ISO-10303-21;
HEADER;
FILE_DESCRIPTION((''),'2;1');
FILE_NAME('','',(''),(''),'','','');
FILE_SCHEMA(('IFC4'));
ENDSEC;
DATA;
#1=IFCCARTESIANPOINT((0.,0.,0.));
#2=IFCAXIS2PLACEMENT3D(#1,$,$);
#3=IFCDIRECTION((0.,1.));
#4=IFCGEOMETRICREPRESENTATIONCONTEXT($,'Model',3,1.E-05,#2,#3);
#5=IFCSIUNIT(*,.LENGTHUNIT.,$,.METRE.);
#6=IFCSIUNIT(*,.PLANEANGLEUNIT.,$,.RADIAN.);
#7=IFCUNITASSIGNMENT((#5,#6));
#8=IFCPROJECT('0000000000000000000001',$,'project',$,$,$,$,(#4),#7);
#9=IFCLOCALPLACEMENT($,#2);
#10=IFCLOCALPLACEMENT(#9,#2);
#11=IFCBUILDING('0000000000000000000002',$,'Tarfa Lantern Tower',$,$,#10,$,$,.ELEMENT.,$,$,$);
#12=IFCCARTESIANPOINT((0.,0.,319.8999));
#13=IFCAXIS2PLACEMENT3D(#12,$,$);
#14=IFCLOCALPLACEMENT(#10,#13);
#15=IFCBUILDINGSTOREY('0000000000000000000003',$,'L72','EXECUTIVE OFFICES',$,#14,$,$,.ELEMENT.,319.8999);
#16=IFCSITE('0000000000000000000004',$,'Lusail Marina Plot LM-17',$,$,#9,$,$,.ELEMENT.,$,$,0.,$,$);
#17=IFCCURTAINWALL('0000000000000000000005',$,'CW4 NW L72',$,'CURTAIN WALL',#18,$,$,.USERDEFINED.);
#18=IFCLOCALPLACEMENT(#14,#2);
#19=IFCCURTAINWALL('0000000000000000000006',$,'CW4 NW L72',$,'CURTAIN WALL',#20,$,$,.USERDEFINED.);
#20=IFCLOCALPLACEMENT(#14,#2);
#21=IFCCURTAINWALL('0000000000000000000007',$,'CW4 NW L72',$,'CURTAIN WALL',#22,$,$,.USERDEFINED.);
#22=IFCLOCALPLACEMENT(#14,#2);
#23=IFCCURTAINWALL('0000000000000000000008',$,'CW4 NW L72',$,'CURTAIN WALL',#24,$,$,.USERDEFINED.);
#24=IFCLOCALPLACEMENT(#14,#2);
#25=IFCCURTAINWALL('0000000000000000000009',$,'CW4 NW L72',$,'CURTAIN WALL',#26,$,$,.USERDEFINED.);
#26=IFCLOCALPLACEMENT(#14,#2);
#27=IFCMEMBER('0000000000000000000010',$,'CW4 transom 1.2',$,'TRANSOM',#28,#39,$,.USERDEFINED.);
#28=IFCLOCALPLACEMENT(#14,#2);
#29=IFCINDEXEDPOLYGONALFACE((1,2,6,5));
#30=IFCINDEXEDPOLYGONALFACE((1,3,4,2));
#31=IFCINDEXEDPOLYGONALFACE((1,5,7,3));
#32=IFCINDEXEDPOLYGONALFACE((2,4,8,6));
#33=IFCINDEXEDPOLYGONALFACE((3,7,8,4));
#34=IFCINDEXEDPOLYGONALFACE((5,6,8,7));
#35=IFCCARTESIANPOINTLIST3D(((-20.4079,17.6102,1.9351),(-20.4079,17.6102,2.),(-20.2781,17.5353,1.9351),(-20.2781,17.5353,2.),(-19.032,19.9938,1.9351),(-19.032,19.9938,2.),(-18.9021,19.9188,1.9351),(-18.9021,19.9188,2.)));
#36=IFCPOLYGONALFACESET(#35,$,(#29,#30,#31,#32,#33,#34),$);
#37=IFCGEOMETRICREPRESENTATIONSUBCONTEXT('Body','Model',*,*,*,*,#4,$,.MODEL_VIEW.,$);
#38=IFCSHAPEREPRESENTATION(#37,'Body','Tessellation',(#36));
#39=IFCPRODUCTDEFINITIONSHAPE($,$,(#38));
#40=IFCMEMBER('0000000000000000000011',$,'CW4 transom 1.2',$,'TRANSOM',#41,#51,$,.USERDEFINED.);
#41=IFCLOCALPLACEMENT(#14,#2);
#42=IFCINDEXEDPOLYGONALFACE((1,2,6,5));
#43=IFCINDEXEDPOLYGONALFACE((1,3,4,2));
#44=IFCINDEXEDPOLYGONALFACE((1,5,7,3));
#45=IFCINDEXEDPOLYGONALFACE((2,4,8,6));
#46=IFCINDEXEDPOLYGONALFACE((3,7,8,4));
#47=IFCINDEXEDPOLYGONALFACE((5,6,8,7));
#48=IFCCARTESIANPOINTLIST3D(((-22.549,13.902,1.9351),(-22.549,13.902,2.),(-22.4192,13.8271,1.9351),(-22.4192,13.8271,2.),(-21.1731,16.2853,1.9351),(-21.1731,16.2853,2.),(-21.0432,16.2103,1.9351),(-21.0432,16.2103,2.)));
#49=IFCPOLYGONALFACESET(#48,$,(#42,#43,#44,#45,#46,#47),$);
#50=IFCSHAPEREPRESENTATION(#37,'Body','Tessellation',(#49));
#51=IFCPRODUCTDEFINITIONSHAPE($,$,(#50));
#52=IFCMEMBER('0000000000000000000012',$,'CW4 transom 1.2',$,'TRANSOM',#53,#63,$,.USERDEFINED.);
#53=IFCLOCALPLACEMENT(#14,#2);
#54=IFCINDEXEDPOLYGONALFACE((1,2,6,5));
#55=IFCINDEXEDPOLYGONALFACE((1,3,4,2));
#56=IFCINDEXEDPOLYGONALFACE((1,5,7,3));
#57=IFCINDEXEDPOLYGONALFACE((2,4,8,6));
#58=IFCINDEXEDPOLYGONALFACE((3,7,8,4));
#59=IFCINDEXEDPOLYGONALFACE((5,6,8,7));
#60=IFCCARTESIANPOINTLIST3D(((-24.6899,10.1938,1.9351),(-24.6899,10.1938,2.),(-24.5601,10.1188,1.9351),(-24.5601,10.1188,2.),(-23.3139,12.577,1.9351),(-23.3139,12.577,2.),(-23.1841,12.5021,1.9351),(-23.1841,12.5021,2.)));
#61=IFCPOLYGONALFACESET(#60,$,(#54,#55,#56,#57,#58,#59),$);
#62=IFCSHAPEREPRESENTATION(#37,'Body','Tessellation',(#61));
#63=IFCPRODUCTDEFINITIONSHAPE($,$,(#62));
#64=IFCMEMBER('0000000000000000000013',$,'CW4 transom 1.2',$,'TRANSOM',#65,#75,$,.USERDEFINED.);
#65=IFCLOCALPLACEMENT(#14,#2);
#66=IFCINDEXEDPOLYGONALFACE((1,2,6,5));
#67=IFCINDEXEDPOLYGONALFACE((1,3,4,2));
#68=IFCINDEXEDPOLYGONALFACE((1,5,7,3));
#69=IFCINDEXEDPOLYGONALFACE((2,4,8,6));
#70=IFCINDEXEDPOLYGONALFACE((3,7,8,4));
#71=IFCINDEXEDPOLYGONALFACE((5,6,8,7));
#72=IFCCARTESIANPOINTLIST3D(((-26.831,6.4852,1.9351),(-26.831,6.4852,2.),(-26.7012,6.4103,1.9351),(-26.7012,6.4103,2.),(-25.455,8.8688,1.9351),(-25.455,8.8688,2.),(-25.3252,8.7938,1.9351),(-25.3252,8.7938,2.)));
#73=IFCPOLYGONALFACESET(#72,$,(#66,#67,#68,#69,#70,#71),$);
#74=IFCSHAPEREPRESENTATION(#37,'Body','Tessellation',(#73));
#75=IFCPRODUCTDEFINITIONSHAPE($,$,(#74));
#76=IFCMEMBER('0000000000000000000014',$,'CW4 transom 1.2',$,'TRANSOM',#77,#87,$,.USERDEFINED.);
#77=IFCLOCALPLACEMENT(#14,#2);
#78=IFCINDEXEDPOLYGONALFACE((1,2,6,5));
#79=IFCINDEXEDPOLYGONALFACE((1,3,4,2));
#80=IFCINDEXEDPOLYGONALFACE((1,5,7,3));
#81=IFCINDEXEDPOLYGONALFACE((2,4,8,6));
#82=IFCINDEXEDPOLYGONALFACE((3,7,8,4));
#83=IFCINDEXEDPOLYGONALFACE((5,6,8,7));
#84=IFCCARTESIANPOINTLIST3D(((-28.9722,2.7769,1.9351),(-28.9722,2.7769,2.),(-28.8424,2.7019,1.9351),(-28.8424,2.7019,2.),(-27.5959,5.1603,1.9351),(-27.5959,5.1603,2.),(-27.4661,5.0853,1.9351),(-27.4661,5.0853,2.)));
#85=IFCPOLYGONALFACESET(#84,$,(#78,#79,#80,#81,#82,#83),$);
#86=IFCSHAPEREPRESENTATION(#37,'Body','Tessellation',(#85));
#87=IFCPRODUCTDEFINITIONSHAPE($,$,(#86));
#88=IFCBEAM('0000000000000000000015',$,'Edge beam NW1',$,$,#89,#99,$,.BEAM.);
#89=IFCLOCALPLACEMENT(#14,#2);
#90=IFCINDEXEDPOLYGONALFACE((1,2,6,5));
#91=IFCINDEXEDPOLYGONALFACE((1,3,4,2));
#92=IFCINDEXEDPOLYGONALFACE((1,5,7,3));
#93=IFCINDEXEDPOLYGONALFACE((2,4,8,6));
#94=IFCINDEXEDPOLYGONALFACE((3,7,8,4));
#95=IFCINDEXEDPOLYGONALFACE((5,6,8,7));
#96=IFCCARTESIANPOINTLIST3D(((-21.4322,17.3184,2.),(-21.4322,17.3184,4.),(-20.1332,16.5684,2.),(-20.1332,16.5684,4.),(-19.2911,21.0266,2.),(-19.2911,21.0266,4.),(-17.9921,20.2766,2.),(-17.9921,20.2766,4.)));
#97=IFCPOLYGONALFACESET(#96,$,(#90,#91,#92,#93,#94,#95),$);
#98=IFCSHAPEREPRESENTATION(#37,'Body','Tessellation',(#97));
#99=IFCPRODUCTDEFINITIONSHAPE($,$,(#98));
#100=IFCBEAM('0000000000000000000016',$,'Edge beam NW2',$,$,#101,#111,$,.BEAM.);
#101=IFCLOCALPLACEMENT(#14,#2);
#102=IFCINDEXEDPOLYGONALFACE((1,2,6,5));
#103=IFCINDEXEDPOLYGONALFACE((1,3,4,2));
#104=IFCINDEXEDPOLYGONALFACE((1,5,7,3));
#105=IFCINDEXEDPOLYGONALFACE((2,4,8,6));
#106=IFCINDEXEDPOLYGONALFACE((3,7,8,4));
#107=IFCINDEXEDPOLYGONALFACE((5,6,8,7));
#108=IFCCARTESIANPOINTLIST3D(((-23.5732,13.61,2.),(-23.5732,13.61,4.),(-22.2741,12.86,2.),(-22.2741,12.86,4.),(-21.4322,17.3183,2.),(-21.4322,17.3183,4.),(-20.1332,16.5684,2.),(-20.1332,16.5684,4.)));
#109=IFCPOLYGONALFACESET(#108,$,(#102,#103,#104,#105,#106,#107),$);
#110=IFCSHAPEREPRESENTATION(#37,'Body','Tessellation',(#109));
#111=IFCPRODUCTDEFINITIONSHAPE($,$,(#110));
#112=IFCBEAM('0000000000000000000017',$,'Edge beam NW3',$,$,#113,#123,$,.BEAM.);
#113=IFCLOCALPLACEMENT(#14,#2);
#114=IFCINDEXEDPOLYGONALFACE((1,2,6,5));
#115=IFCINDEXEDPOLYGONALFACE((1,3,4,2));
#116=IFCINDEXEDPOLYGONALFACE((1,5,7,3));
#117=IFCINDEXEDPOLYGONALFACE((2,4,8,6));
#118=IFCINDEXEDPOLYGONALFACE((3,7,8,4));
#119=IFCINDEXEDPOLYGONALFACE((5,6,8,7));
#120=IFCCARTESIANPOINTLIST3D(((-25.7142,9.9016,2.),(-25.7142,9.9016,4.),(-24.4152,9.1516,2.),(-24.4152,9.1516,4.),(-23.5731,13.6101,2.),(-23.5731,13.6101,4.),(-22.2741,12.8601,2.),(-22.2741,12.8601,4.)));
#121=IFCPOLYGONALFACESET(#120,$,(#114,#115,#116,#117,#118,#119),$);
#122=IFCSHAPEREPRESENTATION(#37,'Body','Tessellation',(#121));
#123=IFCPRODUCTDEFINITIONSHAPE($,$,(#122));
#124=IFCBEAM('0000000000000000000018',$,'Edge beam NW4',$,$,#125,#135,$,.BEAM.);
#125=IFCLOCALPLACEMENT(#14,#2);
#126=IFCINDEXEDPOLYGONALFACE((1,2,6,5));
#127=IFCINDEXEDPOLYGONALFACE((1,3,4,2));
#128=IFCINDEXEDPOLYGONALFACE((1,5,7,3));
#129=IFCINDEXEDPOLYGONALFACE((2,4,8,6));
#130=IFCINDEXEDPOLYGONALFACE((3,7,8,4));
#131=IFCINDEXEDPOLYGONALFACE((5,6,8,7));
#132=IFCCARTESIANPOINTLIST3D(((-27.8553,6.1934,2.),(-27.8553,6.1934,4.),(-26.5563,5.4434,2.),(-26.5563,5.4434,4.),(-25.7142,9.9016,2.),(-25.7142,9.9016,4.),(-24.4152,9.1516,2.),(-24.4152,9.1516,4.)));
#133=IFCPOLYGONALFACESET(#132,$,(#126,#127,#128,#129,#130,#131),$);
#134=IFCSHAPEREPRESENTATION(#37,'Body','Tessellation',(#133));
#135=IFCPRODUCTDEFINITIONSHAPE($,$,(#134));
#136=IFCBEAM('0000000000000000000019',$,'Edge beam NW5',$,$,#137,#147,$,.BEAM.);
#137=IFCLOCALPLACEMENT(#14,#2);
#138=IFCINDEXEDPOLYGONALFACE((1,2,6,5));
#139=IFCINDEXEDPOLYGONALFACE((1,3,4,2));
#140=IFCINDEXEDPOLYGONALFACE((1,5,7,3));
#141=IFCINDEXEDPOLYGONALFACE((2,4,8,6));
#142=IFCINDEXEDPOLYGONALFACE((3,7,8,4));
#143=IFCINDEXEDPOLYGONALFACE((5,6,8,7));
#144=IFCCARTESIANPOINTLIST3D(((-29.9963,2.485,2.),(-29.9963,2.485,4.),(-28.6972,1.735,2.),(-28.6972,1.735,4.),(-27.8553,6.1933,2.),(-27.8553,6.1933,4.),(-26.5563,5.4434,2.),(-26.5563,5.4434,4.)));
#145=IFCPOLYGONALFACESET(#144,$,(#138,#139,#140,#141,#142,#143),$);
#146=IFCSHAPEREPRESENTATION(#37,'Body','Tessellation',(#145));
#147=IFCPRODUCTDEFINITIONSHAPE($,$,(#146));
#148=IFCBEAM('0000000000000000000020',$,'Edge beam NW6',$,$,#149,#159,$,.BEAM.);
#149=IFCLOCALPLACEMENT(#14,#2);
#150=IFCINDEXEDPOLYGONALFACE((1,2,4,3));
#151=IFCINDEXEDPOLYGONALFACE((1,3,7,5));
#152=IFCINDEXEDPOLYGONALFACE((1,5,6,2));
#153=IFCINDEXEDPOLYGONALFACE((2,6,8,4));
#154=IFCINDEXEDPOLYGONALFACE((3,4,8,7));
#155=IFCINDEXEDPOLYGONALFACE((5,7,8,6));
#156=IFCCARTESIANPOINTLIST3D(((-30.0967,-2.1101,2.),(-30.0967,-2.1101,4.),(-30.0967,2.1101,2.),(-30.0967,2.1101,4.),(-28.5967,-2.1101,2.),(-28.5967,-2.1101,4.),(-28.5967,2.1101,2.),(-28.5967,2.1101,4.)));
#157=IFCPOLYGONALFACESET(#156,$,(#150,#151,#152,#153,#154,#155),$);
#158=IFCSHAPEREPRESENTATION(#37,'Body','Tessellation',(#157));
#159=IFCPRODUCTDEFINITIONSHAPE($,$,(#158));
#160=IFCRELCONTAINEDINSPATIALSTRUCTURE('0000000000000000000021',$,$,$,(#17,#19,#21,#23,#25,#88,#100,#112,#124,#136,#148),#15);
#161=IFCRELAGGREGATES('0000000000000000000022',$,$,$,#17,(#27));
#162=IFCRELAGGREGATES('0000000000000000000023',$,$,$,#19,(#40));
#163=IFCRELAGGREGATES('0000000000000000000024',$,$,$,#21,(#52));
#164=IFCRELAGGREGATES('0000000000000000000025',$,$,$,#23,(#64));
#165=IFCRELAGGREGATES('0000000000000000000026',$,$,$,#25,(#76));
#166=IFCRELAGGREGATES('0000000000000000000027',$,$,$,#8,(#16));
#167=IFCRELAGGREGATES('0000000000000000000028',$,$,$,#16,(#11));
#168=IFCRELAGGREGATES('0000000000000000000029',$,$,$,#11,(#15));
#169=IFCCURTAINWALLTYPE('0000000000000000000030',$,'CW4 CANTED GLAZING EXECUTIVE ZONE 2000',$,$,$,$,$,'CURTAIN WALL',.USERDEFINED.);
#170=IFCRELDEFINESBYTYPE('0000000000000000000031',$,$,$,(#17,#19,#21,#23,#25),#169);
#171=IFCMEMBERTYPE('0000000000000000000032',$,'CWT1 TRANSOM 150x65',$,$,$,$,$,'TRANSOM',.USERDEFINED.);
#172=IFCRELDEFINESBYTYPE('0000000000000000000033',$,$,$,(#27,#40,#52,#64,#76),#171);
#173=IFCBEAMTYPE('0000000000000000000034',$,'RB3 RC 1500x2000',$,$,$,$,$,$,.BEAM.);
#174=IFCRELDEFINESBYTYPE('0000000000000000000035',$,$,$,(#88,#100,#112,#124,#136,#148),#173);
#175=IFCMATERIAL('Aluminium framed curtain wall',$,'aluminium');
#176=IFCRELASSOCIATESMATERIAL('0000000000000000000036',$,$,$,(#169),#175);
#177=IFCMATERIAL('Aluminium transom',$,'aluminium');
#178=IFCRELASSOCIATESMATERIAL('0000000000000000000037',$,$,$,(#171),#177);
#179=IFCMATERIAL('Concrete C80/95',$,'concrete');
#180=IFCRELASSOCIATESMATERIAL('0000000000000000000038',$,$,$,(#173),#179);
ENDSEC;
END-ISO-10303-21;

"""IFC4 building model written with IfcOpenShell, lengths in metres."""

from ifc_helpers import new_model, si_unit, direction, frame, origin, origin_2d, place, context, subcontext, project, spatial, rectangle, extrude, material, material_profile, profile_set, type_object, element, aggregate, save


model = new_model("IFC4")

# Units and contexts
model_context = context("Model", 3, precision=1e-05, world=origin(), true_north=direction((0.0, 1.0)))
body_context = subcontext(model_context, "Body", "Model", "MODEL_VIEW")
ifc_project = project(units=[si_unit("LENGTHUNIT", "METRE"), si_unit("PLANEANGLEUNIT", "RADIAN")], contexts=[model_context])

# Site, building, storey
site_placement = place(None, origin())
site = spatial("IfcSite", under=ifc_project, at=site_placement, Name="Lusail Marina Plot LM-17", CompositionType="ELEMENT", RefElevation=0.0)
building_placement = place(site_placement, origin())
building = spatial("IfcBuilding", under=site, at=building_placement, Name="Tarfa Lantern Tower", CompositionType="ELEMENT")
storey_placement = place(building_placement, frame((0.0, 0.0, 319.8999)))
storey = spatial("IfcBuildingStorey", under=building, at=storey_placement, Name="L72", Description="EXECUTIVE OFFICES", CompositionType="ELEMENT", Elevation=319.8999)

# Shared definitions
ifc_material_1 = material(Name="Concrete C80/95", Category="concrete")

# Curtain walls
ifc_material_2 = material(Name="Aluminium framed curtain wall", Category="aluminium")
curtain_wall_type = type_object("IfcCurtainWallType", Name="CW4 CANTED GLAZING EXECUTIVE ZONE 2000", ElementType="CURTAIN WALL", PredefinedType="USERDEFINED", material=ifc_material_2)
curtain_wall_1_placement = place(storey_placement, origin())
curtain_wall_1 = element("IfcCurtainWall", 1, at=curtain_wall_1_placement, inside=storey, type_object=curtain_wall_type, Name="CW4 NW L72", ObjectType="CURTAIN WALL", PredefinedType="USERDEFINED")
curtain_wall_2_placement = place(storey_placement, origin())
curtain_wall_2 = element("IfcCurtainWall", 2, at=curtain_wall_2_placement, inside=storey, type_object=curtain_wall_type, Name="CW4 NW L72", ObjectType="CURTAIN WALL", PredefinedType="USERDEFINED")
curtain_wall_3_placement = place(storey_placement, origin())
curtain_wall_3 = element("IfcCurtainWall", 3, at=curtain_wall_3_placement, inside=storey, type_object=curtain_wall_type, Name="CW4 NW L72", ObjectType="CURTAIN WALL", PredefinedType="USERDEFINED")
curtain_wall_4_placement = place(storey_placement, origin())
curtain_wall_4 = element("IfcCurtainWall", 4, at=curtain_wall_4_placement, inside=storey, type_object=curtain_wall_type, Name="CW4 NW L72", ObjectType="CURTAIN WALL", PredefinedType="USERDEFINED")
curtain_wall_5_placement = place(storey_placement, origin())
curtain_wall_5 = element("IfcCurtainWall", 5, at=curtain_wall_5_placement, inside=storey, type_object=curtain_wall_type, Name="CW4 NW L72", ObjectType="CURTAIN WALL", PredefinedType="USERDEFINED")

# Members
ifc_material_3 = material(Name="Aluminium transom", Category="aluminium")
ifc_material_profile_1 = material_profile(ifc_material_3, rectangle(XDim=0.1499, YDim=0.0649, at=origin_2d()), Name="AL TRANSOM 150x65")
ifc_profile_set_1 = profile_set([ifc_material_profile_1], Name="Aluminium transom")
member_type_1 = type_object("IfcMemberType", Name="CWT1 TRANSOM 150x65", ElementType="TRANSOM", PredefinedType="USERDEFINED", material=ifc_profile_set_1)
member_1_placement = place(storey_placement, frame((-18.967, 19.9563, 1.9675), z_axis=(-0.499955, -0.866051, 0.0), x_axis=(0.866051, -0.499955, 0.0)))
member_1 = element("IfcMember", 6, at=member_1_placement, type_object=member_type_1, Name="CW4 transom 1.2", ObjectType="TRANSOM", PredefinedType="USERDEFINED", context=body_context, shape_type="SweptSolid", body=[
    extrude(rectangle(XDim=0.1499, YDim=0.0649, at=origin_2d()), origin(), (0.0, 0.0, 1.0), 2.7522),
])
member_2_placement = place(storey_placement, frame((-21.1082, 16.2478, 1.9675), z_axis=(-0.499994, -0.866029, 0.0), x_axis=(0.866029, -0.499994, 0.0)))
member_2 = element("IfcMember", 7, at=member_2_placement, type_object=member_type_1, Name="CW4 transom 1.2", ObjectType="TRANSOM", PredefinedType="USERDEFINED", context=body_context, shape_type="SweptSolid", body=[
    extrude(rectangle(XDim=0.1499, YDim=0.0649, at=origin_2d()), origin(), (0.0, 0.0, 1.0), 2.752),
])
member_3_placement = place(storey_placement, frame((-23.249, 12.5396, 1.9675), z_axis=(-0.499994, -0.866029, 0.0), x_axis=(0.866029, -0.499994, 0.0)))
member_3 = element("IfcMember", 8, at=member_3_placement, type_object=member_type_1, Name="CW4 transom 1.2", ObjectType="TRANSOM", PredefinedType="USERDEFINED", context=body_context, shape_type="SweptSolid", body=[
    extrude(rectangle(XDim=0.1499, YDim=0.0649, at=origin_2d()), origin(), (0.0, 0.0, 1.0), 2.752),
])
member_4_placement = place(storey_placement, frame((-25.3901, 8.8313, 1.9675), z_axis=(-0.499955, -0.866051, 0.0), x_axis=(0.866051, -0.499955, 0.0)))
member_4 = element("IfcMember", 9, at=member_4_placement, type_object=member_type_1, Name="CW4 transom 1.2", ObjectType="TRANSOM", PredefinedType="USERDEFINED", context=body_context, shape_type="SweptSolid", body=[
    extrude(rectangle(XDim=0.1499, YDim=0.0649, at=origin_2d()), origin(), (0.0, 0.0, 1.0), 2.7522),
])
member_5_placement = place(storey_placement, frame((-27.531, 5.1228, 1.9675), z_axis=(-0.50006, -0.865991, 0.0), x_axis=(0.865991, -0.50006, 0.0)))
member_5 = element("IfcMember", 10, at=member_5_placement, type_object=member_type_1, Name="CW4 transom 1.2", ObjectType="TRANSOM", PredefinedType="USERDEFINED", context=body_context, shape_type="SweptSolid", body=[
    extrude(rectangle(XDim=0.1499, YDim=0.0649, at=origin_2d()), origin(), (0.0, 0.0, 1.0), 2.7522),
])

# Beams
ifc_material_profile_2 = material_profile(ifc_material_1, rectangle(XDim=1.5, YDim=2.0, at=origin_2d()), Name="RC 1500x2000")
ifc_profile_set_2 = profile_set([ifc_material_profile_2], Name="Concrete C80/95")
beam_type_1 = type_object("IfcBeamType", Name="RB3 RC 1500x2000", PredefinedType="BEAM", material=ifc_profile_set_2)
for number, where, z_axis, x_axis, name in (
    (11, (-18.6416, 20.6516, 3.0), (-0.500027, -0.86601, 0.0), (0.86601, -0.500027, 0.0), "Edge beam NW1"),
    (12, (-20.7827, 16.9434, 3.0), (-0.499984, -0.866035, 0.0), (0.866035, -0.499984, 0.0), "Edge beam NW2"),
):
    element("IfcBeam", number, at=place(storey_placement, frame(where, z_axis=z_axis, x_axis=x_axis)), inside=storey, type_object=beam_type_1, Name=name, PredefinedType="BEAM", context=body_context, shape_type="SweptSolid", body=[
        extrude(rectangle(XDim=1.5, YDim=2.0, at=origin_2d()), origin(), (0.0, 0.0, 1.0), 4.282),
    ])
beam_1_placement = place(storey_placement, frame((-22.9236, 13.2351, 3.0), z_axis=(-0.500002, -0.866024, 0.0), x_axis=(0.866024, -0.500002, 0.0)))
element("IfcBeam", 13, at=beam_1_placement, inside=storey, type_object=beam_type_1, Name="Edge beam NW3", PredefinedType="BEAM", context=body_context, shape_type="SweptSolid", body=[
    extrude(rectangle(XDim=1.5, YDim=2.0, at=origin_2d()), origin(), (0.0, 0.0, 1.0), 4.2822),
])
for number, where, z_axis, x_axis, name in (
    (14, (-25.0647, 9.5266, 3.0), (-0.500027, -0.86601, 0.0), (0.86601, -0.500027, 0.0), "Edge beam NW4"),
    (15, (-27.2058, 5.8184, 3.0), (-0.499984, -0.866035, 0.0), (0.866035, -0.499984, 0.0), "Edge beam NW5"),
):
    element("IfcBeam", number, at=place(storey_placement, frame(where, z_axis=z_axis, x_axis=x_axis)), inside=storey, type_object=beam_type_1, Name=name, PredefinedType="BEAM", context=body_context, shape_type="SweptSolid", body=[
        extrude(rectangle(XDim=1.5, YDim=2.0, at=origin_2d()), origin(), (0.0, 0.0, 1.0), 4.282),
    ])
beam_2_placement = place(storey_placement, frame((-29.3467, 2.1101, 3.0), z_axis=(0.0, -1.0, 0.0), x_axis=(1.0, 0.0, 0.0)))
element("IfcBeam", 16, at=beam_2_placement, inside=storey, type_object=beam_type_1, Name="Edge beam NW6", PredefinedType="BEAM", context=body_context, shape_type="SweptSolid", body=[
    extrude(rectangle(XDim=1.5, YDim=2.0, at=origin_2d()), origin(), (0.0, 0.0, 1.0), 4.2202),
])

aggregate(curtain_wall_1, [member_1])
aggregate(curtain_wall_2, [member_2])
aggregate(curtain_wall_3, [member_3])
aggregate(curtain_wall_4, [member_4])
aggregate(curtain_wall_5, [member_5])

save(model, "model.ifc")
